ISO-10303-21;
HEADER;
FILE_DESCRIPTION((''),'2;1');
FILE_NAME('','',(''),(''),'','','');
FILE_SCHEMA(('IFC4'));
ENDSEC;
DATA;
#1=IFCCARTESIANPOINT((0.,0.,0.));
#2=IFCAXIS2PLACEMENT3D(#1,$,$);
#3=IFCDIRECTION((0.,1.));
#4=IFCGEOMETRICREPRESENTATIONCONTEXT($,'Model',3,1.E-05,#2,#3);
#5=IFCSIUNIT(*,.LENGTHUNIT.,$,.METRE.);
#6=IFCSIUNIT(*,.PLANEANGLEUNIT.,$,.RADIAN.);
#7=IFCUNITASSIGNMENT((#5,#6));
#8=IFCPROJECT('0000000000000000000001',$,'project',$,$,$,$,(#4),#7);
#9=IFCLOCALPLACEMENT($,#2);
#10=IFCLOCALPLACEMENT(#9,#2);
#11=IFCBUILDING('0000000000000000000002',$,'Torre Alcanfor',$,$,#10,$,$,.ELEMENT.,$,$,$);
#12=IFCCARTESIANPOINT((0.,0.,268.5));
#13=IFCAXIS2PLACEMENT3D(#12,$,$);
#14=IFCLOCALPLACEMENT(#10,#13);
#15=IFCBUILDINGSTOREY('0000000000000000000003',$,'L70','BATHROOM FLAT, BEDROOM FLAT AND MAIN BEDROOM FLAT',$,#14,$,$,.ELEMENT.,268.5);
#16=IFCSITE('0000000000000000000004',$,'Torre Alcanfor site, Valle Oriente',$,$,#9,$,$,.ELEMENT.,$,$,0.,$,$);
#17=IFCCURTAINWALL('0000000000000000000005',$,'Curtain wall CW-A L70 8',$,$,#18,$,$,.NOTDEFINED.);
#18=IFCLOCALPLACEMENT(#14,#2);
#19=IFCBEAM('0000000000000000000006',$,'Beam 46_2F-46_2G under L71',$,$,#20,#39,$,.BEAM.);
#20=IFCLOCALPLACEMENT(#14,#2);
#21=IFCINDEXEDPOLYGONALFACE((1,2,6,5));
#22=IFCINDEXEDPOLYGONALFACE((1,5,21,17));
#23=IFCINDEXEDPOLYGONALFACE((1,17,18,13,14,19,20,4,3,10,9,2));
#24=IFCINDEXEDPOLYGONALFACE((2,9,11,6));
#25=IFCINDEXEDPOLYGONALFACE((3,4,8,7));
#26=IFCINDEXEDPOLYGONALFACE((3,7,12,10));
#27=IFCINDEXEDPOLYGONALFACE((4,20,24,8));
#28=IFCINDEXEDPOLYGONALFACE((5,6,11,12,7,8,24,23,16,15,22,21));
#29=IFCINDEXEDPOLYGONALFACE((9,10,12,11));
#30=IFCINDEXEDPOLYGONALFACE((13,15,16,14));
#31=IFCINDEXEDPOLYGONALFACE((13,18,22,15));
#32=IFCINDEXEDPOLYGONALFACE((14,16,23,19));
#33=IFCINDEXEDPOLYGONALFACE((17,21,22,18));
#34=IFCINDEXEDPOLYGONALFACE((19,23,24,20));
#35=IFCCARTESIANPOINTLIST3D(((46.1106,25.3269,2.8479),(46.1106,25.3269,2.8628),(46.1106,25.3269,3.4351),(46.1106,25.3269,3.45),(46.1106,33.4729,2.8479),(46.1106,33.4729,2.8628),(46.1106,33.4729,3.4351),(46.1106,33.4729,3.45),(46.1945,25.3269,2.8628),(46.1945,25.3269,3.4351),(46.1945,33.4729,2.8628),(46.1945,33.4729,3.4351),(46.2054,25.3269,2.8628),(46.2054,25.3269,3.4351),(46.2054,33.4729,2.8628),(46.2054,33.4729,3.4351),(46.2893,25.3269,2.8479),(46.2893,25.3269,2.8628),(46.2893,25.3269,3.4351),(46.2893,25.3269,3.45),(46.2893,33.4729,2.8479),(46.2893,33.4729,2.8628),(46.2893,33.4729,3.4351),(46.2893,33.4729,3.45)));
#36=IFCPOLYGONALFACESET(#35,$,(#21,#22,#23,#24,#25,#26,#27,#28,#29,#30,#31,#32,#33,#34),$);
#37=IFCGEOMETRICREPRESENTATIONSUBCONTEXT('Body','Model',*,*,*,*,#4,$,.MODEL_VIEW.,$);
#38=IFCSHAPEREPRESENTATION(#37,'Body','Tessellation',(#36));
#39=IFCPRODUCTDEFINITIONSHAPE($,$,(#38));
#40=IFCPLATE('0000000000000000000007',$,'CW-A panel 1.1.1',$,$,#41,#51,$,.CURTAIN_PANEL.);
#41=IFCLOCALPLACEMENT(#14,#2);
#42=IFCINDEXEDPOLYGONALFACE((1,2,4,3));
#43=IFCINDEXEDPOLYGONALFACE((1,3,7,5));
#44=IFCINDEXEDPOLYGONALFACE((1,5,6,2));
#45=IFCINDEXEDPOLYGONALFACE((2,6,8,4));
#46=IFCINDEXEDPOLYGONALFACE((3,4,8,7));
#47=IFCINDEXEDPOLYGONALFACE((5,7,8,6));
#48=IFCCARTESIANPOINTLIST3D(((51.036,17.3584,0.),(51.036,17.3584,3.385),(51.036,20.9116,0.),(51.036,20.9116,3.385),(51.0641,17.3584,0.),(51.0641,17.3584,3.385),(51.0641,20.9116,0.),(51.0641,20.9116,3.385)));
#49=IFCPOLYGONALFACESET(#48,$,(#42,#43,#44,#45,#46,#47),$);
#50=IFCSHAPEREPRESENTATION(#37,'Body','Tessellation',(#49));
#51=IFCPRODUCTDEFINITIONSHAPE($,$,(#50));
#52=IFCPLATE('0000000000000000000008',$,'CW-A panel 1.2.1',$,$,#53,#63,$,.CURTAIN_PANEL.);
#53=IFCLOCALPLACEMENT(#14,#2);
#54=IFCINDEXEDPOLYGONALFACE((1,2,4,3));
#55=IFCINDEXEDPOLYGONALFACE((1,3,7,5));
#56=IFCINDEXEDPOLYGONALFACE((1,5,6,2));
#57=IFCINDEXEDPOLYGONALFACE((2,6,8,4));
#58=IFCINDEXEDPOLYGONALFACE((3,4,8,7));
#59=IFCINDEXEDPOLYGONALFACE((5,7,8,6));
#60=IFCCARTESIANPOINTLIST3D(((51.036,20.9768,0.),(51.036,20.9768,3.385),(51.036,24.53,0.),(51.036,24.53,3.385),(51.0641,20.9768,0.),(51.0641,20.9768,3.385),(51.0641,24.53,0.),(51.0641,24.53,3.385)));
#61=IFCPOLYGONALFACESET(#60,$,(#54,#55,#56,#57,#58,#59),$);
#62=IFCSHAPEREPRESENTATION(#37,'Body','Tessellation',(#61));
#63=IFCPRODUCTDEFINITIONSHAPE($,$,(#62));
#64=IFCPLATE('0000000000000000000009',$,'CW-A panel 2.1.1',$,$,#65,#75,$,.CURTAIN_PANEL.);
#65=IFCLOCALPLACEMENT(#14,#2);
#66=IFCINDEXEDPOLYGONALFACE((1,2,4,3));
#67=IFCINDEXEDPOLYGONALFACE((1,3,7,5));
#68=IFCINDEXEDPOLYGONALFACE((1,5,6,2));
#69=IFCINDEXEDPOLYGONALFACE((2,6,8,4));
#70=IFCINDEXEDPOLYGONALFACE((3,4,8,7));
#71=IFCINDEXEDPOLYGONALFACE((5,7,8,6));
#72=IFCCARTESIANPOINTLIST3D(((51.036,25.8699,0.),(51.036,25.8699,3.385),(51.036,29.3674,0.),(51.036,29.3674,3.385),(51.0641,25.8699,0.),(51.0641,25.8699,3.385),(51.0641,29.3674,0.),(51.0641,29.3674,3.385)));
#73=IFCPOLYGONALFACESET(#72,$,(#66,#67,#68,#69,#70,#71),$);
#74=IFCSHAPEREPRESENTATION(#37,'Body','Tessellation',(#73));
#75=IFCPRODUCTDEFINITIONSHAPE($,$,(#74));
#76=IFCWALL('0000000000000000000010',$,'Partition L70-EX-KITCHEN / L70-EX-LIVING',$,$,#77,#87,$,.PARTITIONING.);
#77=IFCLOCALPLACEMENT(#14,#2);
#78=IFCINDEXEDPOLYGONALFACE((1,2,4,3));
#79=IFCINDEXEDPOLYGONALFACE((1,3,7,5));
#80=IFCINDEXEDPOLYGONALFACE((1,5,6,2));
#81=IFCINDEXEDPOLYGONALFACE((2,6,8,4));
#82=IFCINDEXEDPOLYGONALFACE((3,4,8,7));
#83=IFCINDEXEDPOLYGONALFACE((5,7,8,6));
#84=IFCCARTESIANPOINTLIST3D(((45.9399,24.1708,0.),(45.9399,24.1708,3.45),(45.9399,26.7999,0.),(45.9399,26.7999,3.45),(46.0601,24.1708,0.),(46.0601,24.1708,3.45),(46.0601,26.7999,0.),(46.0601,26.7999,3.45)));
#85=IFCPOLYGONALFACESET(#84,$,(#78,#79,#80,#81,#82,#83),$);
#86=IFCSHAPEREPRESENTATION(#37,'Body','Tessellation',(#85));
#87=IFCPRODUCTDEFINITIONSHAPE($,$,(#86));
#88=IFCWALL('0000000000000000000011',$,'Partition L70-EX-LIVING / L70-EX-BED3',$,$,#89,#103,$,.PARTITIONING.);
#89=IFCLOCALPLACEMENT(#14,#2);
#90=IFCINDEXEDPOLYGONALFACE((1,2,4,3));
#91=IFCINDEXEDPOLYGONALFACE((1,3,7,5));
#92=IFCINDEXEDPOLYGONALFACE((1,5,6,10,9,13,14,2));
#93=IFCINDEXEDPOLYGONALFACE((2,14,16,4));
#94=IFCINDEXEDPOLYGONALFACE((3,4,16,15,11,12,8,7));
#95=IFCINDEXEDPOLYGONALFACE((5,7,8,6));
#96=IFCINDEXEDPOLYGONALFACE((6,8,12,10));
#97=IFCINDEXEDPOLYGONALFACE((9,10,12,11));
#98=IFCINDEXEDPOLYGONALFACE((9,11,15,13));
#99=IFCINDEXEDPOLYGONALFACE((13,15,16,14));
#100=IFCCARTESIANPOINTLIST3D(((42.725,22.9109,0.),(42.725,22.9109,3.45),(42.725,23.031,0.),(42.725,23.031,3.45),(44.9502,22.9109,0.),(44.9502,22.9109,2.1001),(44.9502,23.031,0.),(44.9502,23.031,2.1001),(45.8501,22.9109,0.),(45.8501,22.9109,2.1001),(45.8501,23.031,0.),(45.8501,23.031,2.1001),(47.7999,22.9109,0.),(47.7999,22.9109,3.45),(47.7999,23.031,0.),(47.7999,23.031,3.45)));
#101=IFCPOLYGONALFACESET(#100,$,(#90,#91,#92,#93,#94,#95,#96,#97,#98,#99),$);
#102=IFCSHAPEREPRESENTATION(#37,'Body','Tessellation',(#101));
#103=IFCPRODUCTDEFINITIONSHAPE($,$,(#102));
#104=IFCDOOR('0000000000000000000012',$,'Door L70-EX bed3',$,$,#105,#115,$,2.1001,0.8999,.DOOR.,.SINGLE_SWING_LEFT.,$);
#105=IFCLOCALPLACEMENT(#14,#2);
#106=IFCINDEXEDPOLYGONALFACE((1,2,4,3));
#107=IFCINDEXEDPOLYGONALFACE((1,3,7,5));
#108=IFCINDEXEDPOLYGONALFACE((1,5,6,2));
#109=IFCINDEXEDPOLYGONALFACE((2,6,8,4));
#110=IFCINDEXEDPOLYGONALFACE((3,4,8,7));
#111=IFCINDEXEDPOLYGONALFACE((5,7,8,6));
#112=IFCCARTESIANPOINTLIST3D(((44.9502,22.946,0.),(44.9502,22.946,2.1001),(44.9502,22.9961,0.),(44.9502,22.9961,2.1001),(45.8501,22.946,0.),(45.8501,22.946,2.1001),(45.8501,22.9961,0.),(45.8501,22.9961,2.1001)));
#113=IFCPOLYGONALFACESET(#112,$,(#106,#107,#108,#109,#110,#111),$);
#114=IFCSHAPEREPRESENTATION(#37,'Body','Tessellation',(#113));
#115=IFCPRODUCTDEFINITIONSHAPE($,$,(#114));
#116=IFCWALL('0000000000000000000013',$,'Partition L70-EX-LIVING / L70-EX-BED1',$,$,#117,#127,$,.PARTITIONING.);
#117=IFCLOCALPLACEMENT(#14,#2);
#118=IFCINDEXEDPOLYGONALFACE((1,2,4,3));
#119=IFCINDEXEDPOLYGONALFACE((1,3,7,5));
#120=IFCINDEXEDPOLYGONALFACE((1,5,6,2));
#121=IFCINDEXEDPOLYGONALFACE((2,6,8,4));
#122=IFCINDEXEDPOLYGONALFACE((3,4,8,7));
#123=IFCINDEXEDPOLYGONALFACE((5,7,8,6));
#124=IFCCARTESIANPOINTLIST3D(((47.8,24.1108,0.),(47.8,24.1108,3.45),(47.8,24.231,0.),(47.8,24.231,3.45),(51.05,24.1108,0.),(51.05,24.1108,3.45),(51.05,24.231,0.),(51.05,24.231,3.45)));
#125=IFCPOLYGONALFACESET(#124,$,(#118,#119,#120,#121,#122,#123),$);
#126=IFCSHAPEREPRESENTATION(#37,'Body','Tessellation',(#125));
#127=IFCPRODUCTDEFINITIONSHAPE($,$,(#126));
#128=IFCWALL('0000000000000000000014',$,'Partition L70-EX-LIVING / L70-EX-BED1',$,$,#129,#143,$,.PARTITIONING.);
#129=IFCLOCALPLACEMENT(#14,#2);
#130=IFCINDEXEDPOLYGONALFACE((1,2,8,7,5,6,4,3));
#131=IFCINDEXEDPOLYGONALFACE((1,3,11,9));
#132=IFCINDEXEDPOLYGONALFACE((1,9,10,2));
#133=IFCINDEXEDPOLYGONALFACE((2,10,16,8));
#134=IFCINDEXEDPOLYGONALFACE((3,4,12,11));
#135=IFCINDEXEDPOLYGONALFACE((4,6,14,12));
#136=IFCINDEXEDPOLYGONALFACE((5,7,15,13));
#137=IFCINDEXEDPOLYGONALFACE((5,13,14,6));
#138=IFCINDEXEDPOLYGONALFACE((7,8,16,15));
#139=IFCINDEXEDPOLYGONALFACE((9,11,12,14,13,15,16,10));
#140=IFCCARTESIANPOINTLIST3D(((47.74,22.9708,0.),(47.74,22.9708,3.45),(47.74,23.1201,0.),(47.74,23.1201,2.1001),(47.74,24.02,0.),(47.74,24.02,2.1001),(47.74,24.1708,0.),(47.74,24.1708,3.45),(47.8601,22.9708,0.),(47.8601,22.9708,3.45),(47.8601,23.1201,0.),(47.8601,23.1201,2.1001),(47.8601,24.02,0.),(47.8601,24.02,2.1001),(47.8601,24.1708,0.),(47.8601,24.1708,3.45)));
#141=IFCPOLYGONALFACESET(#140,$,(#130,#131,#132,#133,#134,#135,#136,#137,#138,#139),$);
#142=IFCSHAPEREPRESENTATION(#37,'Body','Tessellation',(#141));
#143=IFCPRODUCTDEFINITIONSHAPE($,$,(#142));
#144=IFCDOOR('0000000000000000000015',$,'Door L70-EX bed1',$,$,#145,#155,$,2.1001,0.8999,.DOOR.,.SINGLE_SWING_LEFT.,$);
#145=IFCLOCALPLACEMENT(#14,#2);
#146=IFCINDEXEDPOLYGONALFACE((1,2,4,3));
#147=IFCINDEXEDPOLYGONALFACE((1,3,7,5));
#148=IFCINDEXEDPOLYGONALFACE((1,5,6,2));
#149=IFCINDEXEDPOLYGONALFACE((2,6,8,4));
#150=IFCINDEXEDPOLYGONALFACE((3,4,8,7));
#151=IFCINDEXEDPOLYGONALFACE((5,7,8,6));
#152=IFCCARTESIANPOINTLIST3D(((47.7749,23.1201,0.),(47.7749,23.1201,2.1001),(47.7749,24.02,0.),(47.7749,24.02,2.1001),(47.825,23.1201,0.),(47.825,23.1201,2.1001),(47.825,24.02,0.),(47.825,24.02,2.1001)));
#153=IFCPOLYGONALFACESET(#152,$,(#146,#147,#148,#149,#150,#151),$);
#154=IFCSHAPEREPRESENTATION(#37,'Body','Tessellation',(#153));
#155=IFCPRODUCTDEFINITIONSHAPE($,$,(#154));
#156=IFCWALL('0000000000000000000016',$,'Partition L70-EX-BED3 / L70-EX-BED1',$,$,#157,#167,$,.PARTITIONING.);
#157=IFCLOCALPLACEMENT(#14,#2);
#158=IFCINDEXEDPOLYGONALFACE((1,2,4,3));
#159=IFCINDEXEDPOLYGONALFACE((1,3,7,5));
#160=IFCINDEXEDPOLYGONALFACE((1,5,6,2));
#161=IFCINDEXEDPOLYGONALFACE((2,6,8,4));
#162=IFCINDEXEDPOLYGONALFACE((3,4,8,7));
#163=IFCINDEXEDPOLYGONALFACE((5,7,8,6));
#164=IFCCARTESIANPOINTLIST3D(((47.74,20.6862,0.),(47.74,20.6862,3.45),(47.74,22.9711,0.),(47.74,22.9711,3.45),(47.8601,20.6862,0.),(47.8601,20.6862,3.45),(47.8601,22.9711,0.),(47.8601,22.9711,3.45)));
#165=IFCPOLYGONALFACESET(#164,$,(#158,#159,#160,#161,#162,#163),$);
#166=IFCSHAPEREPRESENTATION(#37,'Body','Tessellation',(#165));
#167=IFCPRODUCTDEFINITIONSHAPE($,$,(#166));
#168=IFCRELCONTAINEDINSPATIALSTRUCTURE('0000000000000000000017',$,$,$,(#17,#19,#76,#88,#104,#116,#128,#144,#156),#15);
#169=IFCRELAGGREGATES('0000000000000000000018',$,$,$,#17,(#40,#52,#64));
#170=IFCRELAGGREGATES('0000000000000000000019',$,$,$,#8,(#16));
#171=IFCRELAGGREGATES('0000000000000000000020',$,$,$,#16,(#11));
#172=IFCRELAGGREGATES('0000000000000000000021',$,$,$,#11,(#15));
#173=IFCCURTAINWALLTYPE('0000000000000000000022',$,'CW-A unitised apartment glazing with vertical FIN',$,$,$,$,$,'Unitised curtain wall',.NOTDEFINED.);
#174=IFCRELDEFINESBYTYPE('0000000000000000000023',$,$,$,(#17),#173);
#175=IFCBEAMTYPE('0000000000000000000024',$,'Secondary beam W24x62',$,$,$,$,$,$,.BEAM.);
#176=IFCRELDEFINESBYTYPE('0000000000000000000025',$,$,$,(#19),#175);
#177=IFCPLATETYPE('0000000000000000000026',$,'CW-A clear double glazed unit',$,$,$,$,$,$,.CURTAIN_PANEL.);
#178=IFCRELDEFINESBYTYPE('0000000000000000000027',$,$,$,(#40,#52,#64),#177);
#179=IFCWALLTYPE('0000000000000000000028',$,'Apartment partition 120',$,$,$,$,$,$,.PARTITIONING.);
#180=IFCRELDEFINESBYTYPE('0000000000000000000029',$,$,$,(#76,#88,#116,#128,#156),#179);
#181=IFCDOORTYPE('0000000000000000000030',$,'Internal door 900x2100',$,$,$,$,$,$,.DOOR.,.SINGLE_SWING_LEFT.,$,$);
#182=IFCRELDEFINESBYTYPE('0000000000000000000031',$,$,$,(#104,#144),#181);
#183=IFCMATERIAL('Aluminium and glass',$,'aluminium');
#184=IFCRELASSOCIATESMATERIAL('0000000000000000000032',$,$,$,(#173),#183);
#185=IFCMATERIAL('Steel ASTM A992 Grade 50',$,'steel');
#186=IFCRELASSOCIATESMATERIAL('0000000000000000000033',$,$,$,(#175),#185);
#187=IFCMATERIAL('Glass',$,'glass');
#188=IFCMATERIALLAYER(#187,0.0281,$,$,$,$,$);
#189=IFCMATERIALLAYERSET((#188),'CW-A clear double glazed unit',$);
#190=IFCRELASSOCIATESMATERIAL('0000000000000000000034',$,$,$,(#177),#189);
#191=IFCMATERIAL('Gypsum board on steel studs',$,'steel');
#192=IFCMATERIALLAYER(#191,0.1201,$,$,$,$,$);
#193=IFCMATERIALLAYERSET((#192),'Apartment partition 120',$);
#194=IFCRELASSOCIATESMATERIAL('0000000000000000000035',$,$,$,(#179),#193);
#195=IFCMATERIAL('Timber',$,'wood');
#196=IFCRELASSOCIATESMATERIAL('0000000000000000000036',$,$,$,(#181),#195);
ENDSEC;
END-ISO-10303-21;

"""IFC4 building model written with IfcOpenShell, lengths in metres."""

from ifc_helpers import new_model, si_unit, direction, frame, frame_2d, origin, origin_2d, place, context, subcontext, project, spatial, rectangle, i_section, extrude, material, layer, layer_set, material_profile, profile_set, type_object, element, fill, aggregate, save


model = new_model("IFC4")

# Units and contexts
model_context = context("Model", 3, precision=1e-05, world=origin(), true_north=direction((0.0, 1.0)))
body_context = subcontext(model_context, "Body", "Model", "MODEL_VIEW")
ifc_project = project(units=[si_unit("LENGTHUNIT", "METRE"), si_unit("PLANEANGLEUNIT", "RADIAN")], contexts=[model_context])

# Site, building, storey
site_placement = place(None, origin())
site = spatial("IfcSite", under=ifc_project, at=site_placement, Name="Torre Alcanfor site, Valle Oriente", CompositionType="ELEMENT", RefElevation=0.0)
building_placement = place(site_placement, origin())
building = spatial("IfcBuilding", under=site, at=building_placement, Name="Torre Alcanfor", CompositionType="ELEMENT")
storey_placement = place(building_placement, frame((0.0, 0.0, 268.5)))
storey = spatial("IfcBuildingStorey", under=building, at=storey_placement, Name="L70", Description="BATHROOM FLAT, BEDROOM FLAT AND MAIN BEDROOM FLAT", CompositionType="ELEMENT", Elevation=268.5)

# Curtain wall
ifc_material_1 = material(Name="Aluminium and glass", Category="aluminium")
curtain_wall_type = type_object("IfcCurtainWallType", Name="CW-A unitised apartment glazing with vertical FIN", ElementType="Unitised curtain wall", PredefinedType="NOTDEFINED", material=ifc_material_1)
curtain_wall_placement = place(storey_placement, origin())
curtain_wall = element("IfcCurtainWall", 1, at=curtain_wall_placement, inside=storey, type_object=curtain_wall_type, Name="Curtain wall CW-A L70 8", PredefinedType="NOTDEFINED")

# Beam
ifc_material_2 = material(Name="Steel ASTM A992 Grade 50", Category="steel")
ifc_material_profile_1 = material_profile(ifc_material_2, i_section(OverallWidth=0.1787, OverallDepth=0.6021, WebThickness=0.011, FlangeThickness=0.0149, at=origin_2d()), Name="W24x62")
ifc_profile_set_1 = profile_set([ifc_material_profile_1], Name="Steel ASTM A992 Grade 50")
beam_type_1 = type_object("IfcBeamType", Name="Secondary beam W24x62", PredefinedType="BEAM", material=ifc_profile_set_1)
beam_1_placement = place(storey_placement, frame((46.2, 25.3269, 3.1489), z_axis=(0.0, 1.0, 0.0), x_axis=(-1.0, 0.0, 0.0)))
element("IfcBeam", 2, at=beam_1_placement, inside=storey, type_object=beam_type_1, Name="Beam 46_2F-46_2G under L71", PredefinedType="BEAM", context=body_context, shape_type="SweptSolid", body=[
    extrude(i_section(OverallWidth=0.1787, OverallDepth=0.6021, WebThickness=0.011, FlangeThickness=0.0149, at=origin_2d()), origin(), (0.0, 0.0, 1.0), 8.146),
])

# Plates
ifc_material_3 = material(Name="Glass", Category="glass")
ifc_layer_1 = layer(ifc_material_3, 0.0281)
ifc_layer_set_1 = layer_set([ifc_layer_1], Name="CW-A clear double glazed unit")
plate_type = type_object("IfcPlateType", Name="CW-A clear double glazed unit", PredefinedType="CURTAIN_PANEL", material=ifc_layer_set_1)
plate_1_placement = place(storey_placement, frame((51.05, 19.135, 0.0), z_axis=(0.0, 0.0, 1.0), x_axis=(0.0, 1.0, 0.0)))
plate_1 = element("IfcPlate", 3, at=plate_1_placement, type_object=plate_type, Name="CW-A panel 1.1.1", PredefinedType="CURTAIN_PANEL", context=body_context, shape_type="SweptSolid", body=[
    extrude(rectangle(XDim=3.5532, YDim=0.0281, at=origin_2d()), origin(), (0.0, 0.0, 1.0), 3.385),
])
plate_2_placement = place(storey_placement, frame((51.05, 22.7534, 0.0), z_axis=(0.0, 0.0, 1.0), x_axis=(0.0, 1.0, 0.0)))
plate_2 = element("IfcPlate", 4, at=plate_2_placement, type_object=plate_type, Name="CW-A panel 1.2.1", PredefinedType="CURTAIN_PANEL", context=body_context, shape_type="SweptSolid", body=[
    extrude(rectangle(XDim=3.5532, YDim=0.0281, at=origin_2d()), origin(), (0.0, 0.0, 1.0), 3.385),
])
plate_3_placement = place(storey_placement, frame((51.05, 27.6187, 0.0), z_axis=(0.0, 0.0, 1.0), x_axis=(0.0, 1.0, 0.0)))
plate_3 = element("IfcPlate", 5, at=plate_3_placement, type_object=plate_type, Name="CW-A panel 2.1.1", PredefinedType="CURTAIN_PANEL", context=body_context, shape_type="SweptSolid", body=[
    extrude(rectangle(XDim=3.4976, YDim=0.0281, at=origin_2d()), origin(), (0.0, 0.0, 1.0), 3.385),
])
aggregate(curtain_wall, [plate_1, plate_2, plate_3])

# Wall
ifc_material_4 = material(Name="Gypsum board on steel studs", Category="steel")
ifc_layer_2 = layer(ifc_material_4, 0.1201)
ifc_layer_set_2 = layer_set([ifc_layer_2], Name="Apartment partition 120")
wall_type_1 = type_object("IfcWallType", Name="Apartment partition 120", PredefinedType="PARTITIONING", material=ifc_layer_set_2)
wall_1_placement = place(storey_placement, frame((46.0, 24.1709, 0.0), z_axis=(0.0, 0.0, 1.0), x_axis=(0.0, 1.0, 0.0)))
element("IfcWall", 6, at=wall_1_placement, inside=storey, type_object=wall_type_1, Name="Partition L70-EX-KITCHEN / L70-EX-LIVING", PredefinedType="PARTITIONING", context=body_context, shape_type="SweptSolid", body=[
    extrude(rectangle(XDim=2.6292, YDim=0.1201, at=frame_2d((1.3145, 0.0))), origin(), (0.0, 0.0, 1.0), 3.45),
])

# Wall, opening, door
wall_2_placement = place(storey_placement, frame((47.8, 22.9709, 0.0), z_axis=(0.0, 0.0, 1.0), x_axis=(-1.0, 0.0, 0.0)))
wall_2 = element("IfcWall", 7, at=wall_2_placement, inside=storey, type_object=wall_type_1, Name="Partition L70-EX-LIVING / L70-EX-BED3", PredefinedType="PARTITIONING", context=body_context, shape_type="SweptSolid", body=[
    extrude(rectangle(XDim=5.075, YDim=0.1201, at=frame_2d((2.5376, 0.0))), origin(), (0.0, 0.0, 1.0), 3.45),
])
opening_1_placement = place(wall_2_placement, frame((1.95, 0.0, 0.0)))
opening_1 = element("IfcOpeningElement", 8, at=opening_1_placement, cuts=wall_2, PredefinedType="OPENING", context=body_context, shape_type="SweptSolid", body=[
    extrude(rectangle(XDim=0.8999, YDim=2.1001, at=frame_2d((0.45, 1.05))), frame((0.0, 0.0701, 0.0), z_axis=(0.0, -1.0, 0.0), x_axis=(1.0, 0.0, 0.0)), (0.0, 0.0, 1.0), 0.1401),
])
ifc_material_5 = material(Name="Timber", Category="wood")
door_type_1 = type_object("IfcDoorType", Name="Internal door 900x2100", OperationType="SINGLE_SWING_LEFT", PredefinedType="DOOR", material=ifc_material_5)
door_1_placement = place(opening_1_placement, origin())
door_1 = element("IfcDoor", 9, at=door_1_placement, inside=storey, type_object=door_type_1, Name="Door L70-EX bed3", OperationType="SINGLE_SWING_LEFT", OverallHeight=2.1001, OverallWidth=0.8999, PredefinedType="DOOR", context=body_context, shape_type="SweptSolid", body=[
    extrude(rectangle(XDim=0.8999, YDim=2.1001, at=frame_2d((0.45, 1.05))), frame((0.0, 0.0249, 0.0), z_axis=(0.0, -1.0, 0.0), x_axis=(1.0, 0.0, 0.0)), (0.0, 0.0, 1.0), 0.05),
])
fill(opening_1, door_1)

# Wall
wall_3_placement = place(storey_placement, frame((51.05, 24.1709, 0.0), z_axis=(0.0, 0.0, 1.0), x_axis=(-1.0, 0.0, 0.0)))
element("IfcWall", 10, at=wall_3_placement, inside=storey, type_object=wall_type_1, Name="Partition L70-EX-LIVING / L70-EX-BED1", PredefinedType="PARTITIONING", context=body_context, shape_type="SweptSolid", body=[
    extrude(rectangle(XDim=3.25, YDim=0.1201, at=frame_2d((1.625, 0.0))), origin(), (0.0, 0.0, 1.0), 3.45),
])

# Wall, opening, door
wall_4_placement = place(storey_placement, frame((47.8, 24.1709, 0.0), z_axis=(0.0, 0.0, 1.0), x_axis=(0.0, -1.0, 0.0)))
wall_4 = element("IfcWall", 11, at=wall_4_placement, inside=storey, type_object=wall_type_1, Name="Partition L70-EX-LIVING / L70-EX-BED1", PredefinedType="PARTITIONING", context=body_context, shape_type="SweptSolid", body=[
    extrude(rectangle(XDim=1.2, YDim=0.1201, at=frame_2d((0.6001, 0.0))), origin(), (0.0, 0.0, 1.0), 3.45),
])
opening_2_placement = place(wall_4_placement, frame((0.1509, 0.0, 0.0)))
opening_2 = element("IfcOpeningElement", 12, at=opening_2_placement, cuts=wall_4, PredefinedType="OPENING", context=body_context, shape_type="SweptSolid", body=[
    extrude(rectangle(XDim=0.8999, YDim=2.1001, at=frame_2d((0.45, 1.05))), frame((0.0, 0.0701, 0.0), z_axis=(0.0, -1.0, 0.0), x_axis=(1.0, 0.0, 0.0)), (0.0, 0.0, 1.0), 0.1401),
])
door_2_placement = place(opening_2_placement, origin())
door_2 = element("IfcDoor", 13, at=door_2_placement, inside=storey, type_object=door_type_1, Name="Door L70-EX bed1", OperationType="SINGLE_SWING_LEFT", OverallHeight=2.1001, OverallWidth=0.8999, PredefinedType="DOOR", context=body_context, shape_type="SweptSolid", body=[
    extrude(rectangle(XDim=0.8999, YDim=2.1001, at=frame_2d((0.45, 1.05))), frame((0.0, 0.0249, 0.0), z_axis=(0.0, -1.0, 0.0), x_axis=(1.0, 0.0, 0.0)), (0.0, 0.0, 1.0), 0.05),
])
fill(opening_2, door_2)

# Wall
wall_5_placement = place(storey_placement, frame((47.8, 20.686, 0.0), z_axis=(0.0, 0.0, 1.0), x_axis=(0.0, 1.0, 0.0)))
element("IfcWall", 14, at=wall_5_placement, inside=storey, type_object=wall_type_1, Name="Partition L70-EX-BED3 / L70-EX-BED1", PredefinedType="PARTITIONING", context=body_context, shape_type="SweptSolid", body=[
    extrude(rectangle(XDim=2.2849, YDim=0.1201, at=frame_2d((1.1426, 0.0))), origin(), (0.0, 0.0, 1.0), 3.45),
])

save(model, "model.ifc")
